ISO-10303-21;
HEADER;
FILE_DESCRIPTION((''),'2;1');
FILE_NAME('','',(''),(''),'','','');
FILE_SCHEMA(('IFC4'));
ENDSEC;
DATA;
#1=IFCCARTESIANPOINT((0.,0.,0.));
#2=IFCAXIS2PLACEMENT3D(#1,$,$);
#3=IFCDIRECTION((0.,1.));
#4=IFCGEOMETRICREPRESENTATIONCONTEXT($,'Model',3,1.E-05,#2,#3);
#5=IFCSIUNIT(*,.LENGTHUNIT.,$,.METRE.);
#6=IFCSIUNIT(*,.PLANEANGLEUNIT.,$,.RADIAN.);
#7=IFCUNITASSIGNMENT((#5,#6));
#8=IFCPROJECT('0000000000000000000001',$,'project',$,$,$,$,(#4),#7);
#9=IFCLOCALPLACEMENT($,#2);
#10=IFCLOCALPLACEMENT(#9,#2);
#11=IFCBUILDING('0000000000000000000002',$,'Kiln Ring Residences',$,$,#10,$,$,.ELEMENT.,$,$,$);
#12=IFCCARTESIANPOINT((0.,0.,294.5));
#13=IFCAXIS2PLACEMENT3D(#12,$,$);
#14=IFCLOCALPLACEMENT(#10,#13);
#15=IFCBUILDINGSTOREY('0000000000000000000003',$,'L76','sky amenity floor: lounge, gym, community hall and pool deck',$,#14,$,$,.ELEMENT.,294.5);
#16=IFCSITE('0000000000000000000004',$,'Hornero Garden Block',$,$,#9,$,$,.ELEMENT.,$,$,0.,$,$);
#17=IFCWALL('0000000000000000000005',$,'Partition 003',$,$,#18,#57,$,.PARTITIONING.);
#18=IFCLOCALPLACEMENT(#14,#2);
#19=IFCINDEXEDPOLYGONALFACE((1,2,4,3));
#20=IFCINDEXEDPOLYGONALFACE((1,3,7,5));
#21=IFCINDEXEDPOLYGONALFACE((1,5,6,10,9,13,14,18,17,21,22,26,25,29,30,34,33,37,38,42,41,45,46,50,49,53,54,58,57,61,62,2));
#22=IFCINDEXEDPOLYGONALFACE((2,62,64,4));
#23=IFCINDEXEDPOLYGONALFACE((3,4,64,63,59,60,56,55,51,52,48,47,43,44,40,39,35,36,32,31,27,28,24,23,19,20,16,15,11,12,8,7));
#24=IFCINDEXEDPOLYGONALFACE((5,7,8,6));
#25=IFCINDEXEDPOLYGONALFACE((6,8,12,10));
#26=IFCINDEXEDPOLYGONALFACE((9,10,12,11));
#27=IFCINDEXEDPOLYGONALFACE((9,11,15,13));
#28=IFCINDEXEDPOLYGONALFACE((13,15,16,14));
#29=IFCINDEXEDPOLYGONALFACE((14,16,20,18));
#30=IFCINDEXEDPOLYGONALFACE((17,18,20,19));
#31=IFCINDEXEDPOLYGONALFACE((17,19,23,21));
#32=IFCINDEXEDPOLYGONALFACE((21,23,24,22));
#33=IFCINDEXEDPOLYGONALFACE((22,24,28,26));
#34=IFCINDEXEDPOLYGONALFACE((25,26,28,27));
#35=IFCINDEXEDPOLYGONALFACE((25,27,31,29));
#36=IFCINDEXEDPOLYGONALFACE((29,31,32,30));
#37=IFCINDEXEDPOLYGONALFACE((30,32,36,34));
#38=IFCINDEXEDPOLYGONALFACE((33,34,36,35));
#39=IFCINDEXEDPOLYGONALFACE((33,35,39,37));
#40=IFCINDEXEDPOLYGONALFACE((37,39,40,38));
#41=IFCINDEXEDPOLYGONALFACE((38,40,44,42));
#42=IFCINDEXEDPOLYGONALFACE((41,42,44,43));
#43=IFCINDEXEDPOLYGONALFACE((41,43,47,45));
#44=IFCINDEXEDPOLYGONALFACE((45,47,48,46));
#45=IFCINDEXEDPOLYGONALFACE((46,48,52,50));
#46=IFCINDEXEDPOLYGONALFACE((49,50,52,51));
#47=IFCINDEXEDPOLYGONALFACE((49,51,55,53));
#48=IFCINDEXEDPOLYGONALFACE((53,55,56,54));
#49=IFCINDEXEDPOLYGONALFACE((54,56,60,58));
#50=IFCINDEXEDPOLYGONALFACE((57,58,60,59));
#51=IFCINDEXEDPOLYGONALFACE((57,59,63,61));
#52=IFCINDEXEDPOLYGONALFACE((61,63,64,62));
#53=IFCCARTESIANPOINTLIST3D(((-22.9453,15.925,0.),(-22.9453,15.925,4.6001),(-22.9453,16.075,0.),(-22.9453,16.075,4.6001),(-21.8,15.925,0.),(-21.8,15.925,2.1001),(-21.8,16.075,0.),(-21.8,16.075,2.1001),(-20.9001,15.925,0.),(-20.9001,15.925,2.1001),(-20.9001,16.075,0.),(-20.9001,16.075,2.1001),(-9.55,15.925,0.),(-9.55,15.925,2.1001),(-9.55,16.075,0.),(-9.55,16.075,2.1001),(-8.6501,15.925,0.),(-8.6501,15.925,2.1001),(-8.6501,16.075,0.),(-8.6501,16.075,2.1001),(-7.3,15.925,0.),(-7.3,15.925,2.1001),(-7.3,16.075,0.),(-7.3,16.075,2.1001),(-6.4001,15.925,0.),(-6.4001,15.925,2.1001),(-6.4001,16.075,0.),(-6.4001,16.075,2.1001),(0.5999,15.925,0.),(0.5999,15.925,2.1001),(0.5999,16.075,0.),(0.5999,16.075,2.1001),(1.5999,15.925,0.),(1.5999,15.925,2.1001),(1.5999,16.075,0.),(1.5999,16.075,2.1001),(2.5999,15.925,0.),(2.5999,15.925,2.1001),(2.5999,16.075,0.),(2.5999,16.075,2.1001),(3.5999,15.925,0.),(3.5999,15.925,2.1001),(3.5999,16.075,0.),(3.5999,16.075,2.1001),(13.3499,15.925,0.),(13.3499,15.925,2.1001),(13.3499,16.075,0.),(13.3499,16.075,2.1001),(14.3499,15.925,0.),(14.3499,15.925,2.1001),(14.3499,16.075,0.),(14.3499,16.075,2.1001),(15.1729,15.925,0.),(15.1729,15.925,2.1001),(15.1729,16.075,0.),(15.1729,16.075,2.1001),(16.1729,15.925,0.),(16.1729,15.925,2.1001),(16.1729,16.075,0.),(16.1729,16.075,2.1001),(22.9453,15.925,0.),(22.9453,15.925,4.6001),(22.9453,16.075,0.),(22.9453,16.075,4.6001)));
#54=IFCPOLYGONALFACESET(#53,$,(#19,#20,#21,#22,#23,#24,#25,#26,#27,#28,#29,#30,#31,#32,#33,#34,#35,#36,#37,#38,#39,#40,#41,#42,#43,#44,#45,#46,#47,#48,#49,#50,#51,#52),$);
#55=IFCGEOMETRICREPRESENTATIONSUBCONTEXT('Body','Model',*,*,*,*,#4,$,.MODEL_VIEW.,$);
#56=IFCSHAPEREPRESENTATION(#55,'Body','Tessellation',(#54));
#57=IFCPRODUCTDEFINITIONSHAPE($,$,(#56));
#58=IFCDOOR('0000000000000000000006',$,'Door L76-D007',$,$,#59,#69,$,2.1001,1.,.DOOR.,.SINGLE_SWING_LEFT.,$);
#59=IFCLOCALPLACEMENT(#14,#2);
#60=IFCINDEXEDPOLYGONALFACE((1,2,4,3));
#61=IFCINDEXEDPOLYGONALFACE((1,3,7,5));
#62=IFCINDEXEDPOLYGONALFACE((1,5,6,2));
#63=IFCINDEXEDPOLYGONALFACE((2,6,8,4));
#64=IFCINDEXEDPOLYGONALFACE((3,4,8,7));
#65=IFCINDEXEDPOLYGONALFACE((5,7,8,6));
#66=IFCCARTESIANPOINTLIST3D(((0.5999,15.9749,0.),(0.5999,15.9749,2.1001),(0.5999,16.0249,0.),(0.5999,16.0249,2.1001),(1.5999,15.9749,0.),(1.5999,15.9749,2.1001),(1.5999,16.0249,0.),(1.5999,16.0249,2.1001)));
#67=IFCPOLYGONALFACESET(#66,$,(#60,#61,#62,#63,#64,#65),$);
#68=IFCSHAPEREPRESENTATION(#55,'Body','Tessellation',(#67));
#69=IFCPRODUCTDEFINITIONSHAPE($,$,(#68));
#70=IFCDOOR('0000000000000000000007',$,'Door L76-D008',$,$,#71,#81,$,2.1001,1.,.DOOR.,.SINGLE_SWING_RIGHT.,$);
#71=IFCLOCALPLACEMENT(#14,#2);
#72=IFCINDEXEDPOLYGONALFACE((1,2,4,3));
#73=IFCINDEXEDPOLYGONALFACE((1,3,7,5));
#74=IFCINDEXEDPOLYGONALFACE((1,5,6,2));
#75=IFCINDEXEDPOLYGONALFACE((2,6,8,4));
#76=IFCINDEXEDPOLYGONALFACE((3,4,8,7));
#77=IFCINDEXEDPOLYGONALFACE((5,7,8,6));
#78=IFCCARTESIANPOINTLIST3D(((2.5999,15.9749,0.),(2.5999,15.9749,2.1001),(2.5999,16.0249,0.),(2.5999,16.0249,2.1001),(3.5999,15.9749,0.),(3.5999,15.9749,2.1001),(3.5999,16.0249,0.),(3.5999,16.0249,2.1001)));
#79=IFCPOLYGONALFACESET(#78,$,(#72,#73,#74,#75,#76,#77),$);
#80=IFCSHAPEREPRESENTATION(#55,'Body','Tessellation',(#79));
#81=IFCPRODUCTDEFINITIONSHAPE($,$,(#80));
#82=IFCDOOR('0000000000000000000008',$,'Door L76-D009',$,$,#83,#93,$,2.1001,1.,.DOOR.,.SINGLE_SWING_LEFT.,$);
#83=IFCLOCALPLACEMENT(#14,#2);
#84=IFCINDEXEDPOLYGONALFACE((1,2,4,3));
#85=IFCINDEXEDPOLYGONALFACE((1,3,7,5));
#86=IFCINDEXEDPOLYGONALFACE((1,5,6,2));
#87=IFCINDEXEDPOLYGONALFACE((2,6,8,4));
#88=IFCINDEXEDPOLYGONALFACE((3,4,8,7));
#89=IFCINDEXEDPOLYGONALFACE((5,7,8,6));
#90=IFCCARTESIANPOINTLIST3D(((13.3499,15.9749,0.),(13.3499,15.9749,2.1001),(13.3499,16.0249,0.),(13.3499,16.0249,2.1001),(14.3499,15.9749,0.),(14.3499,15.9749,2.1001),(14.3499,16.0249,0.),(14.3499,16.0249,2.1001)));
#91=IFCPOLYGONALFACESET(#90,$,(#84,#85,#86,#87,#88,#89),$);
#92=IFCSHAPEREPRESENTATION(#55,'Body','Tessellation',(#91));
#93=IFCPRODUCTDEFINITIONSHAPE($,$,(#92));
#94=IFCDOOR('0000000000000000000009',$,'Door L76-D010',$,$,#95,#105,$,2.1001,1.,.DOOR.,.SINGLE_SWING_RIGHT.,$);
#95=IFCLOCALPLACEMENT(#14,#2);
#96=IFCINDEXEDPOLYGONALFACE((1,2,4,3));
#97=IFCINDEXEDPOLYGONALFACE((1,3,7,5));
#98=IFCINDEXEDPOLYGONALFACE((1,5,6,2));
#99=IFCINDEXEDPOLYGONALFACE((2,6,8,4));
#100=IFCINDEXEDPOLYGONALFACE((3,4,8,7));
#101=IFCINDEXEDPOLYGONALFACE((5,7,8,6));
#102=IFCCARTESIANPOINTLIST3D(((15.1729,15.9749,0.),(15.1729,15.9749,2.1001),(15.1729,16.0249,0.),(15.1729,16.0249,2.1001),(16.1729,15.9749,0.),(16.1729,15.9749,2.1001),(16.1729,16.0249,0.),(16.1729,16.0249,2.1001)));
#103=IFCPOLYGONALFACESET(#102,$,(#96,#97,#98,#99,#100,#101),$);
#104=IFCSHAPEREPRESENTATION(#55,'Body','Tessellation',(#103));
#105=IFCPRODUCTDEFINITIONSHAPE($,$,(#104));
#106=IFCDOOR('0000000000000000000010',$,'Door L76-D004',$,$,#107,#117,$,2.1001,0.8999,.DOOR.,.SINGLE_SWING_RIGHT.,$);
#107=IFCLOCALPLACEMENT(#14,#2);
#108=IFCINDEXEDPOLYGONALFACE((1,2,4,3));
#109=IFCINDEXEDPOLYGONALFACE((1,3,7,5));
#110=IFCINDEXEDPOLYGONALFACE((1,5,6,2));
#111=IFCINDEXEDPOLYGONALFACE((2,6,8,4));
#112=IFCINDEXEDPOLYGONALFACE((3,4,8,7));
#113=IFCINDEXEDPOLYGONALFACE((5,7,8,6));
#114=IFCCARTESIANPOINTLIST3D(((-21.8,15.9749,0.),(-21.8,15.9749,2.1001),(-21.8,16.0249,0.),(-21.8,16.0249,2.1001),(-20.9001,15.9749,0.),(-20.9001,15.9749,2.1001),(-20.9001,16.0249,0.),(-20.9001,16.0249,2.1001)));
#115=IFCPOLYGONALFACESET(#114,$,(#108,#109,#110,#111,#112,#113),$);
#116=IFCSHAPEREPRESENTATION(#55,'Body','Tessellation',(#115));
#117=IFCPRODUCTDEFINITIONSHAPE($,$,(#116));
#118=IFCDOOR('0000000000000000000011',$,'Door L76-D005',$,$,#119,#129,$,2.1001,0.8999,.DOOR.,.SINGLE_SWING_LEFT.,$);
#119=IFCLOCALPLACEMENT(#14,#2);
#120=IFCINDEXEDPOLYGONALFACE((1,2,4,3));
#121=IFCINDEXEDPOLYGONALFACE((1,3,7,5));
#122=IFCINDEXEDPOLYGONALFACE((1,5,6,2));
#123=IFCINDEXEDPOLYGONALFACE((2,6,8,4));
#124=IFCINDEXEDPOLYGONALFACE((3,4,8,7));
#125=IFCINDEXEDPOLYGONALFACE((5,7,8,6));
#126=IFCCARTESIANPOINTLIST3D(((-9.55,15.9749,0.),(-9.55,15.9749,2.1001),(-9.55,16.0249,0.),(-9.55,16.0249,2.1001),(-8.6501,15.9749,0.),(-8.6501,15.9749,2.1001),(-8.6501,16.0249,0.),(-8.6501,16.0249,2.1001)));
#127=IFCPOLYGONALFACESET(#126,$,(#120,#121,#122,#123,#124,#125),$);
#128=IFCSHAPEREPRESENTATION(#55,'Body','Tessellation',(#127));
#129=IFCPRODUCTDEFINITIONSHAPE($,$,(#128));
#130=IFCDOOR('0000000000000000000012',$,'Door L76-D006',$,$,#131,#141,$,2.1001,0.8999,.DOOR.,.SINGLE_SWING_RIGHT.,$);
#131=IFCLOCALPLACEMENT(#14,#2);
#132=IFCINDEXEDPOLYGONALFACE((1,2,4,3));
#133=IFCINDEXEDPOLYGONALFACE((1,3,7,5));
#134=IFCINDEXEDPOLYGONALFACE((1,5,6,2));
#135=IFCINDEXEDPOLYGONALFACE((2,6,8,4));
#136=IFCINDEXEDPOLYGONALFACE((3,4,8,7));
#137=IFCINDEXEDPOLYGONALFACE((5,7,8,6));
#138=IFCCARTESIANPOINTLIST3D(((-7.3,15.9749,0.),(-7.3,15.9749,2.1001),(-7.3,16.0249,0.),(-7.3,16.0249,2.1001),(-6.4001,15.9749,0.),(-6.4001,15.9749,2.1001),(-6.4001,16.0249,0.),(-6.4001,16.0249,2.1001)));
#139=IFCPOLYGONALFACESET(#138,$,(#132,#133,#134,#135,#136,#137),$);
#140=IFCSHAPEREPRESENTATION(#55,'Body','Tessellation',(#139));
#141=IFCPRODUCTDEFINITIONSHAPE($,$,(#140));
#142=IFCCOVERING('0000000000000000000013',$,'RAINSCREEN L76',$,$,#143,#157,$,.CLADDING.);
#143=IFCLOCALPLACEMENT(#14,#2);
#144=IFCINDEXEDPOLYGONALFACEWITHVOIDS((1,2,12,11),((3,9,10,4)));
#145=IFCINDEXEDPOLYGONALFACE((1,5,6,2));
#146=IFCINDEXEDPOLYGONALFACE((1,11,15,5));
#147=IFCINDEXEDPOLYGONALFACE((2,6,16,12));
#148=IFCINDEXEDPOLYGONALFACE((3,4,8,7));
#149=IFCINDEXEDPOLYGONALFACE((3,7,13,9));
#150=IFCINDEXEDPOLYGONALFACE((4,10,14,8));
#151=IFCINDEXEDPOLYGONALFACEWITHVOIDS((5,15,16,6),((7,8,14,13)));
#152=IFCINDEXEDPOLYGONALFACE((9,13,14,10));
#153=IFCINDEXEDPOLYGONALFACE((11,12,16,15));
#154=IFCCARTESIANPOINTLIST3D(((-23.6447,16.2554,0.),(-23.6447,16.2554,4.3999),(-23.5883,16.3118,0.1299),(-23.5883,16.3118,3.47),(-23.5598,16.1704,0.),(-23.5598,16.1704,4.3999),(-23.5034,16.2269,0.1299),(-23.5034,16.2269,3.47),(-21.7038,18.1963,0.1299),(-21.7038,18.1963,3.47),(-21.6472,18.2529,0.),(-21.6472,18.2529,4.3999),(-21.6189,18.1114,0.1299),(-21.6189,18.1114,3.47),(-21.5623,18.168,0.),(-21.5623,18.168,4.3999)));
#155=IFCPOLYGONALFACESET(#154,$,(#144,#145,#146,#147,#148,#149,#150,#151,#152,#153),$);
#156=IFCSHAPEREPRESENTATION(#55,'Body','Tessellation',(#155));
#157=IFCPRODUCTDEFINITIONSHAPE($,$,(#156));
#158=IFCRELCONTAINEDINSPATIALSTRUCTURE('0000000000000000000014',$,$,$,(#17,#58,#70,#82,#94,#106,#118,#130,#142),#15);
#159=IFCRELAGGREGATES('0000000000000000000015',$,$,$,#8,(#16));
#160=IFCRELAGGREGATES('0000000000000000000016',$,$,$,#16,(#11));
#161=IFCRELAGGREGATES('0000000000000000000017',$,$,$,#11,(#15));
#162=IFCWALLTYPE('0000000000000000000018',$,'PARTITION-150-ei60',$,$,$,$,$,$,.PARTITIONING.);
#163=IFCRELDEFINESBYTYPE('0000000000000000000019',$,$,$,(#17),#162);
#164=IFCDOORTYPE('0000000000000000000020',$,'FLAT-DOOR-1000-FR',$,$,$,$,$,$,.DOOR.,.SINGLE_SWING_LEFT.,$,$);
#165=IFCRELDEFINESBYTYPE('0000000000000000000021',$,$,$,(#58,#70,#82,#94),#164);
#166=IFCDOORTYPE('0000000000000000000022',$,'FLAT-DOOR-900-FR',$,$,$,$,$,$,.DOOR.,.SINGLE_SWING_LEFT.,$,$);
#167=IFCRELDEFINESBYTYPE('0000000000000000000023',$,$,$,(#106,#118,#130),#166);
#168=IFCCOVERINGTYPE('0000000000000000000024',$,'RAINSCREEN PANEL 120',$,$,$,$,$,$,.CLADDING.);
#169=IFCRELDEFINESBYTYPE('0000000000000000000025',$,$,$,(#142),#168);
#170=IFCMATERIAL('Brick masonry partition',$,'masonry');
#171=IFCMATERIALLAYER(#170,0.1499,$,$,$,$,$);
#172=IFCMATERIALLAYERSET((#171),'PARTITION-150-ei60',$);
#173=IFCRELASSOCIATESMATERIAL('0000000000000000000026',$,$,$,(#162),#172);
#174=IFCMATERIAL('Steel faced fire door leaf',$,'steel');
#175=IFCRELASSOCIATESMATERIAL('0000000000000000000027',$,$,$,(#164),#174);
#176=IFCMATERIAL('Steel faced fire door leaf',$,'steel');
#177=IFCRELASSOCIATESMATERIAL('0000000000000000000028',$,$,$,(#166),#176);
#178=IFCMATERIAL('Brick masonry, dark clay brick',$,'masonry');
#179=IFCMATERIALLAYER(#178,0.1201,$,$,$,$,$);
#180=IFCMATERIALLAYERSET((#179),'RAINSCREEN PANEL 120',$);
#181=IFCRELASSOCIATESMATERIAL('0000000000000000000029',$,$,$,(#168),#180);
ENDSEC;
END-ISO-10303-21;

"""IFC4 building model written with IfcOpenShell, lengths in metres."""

from ifc_helpers import new_model, si_unit, direction, frame, frame_2d, origin, place, context, subcontext, project, spatial, polyline, rectangle, outline, extrude, material, layer, layer_set, type_object, element, fill, save


model = new_model("IFC4")

# Units and contexts
model_context = context("Model", 3, precision=1e-05, world=origin(), true_north=direction((0.0, 1.0)))
body_context = subcontext(model_context, "Body", "Model", "MODEL_VIEW")
ifc_project = project(units=[si_unit("LENGTHUNIT", "METRE"), si_unit("PLANEANGLEUNIT", "RADIAN")], contexts=[model_context])

# Site, building, storey
site_placement = place(None, origin())
site = spatial("IfcSite", under=ifc_project, at=site_placement, Name="Hornero Garden Block", CompositionType="ELEMENT", RefElevation=0.0)
building_placement = place(site_placement, origin())
building = spatial("IfcBuilding", under=site, at=building_placement, Name="Kiln Ring Residences", CompositionType="ELEMENT")
storey_placement = place(building_placement, frame((0.0, 0.0, 294.5)))
storey = spatial("IfcBuildingStorey", under=building, at=storey_placement, Name="L76", Description="sky amenity floor: lounge, gym, community hall and pool deck", CompositionType="ELEMENT", Elevation=294.5)

# Wall, openings, doors
ifc_material_1 = material(Name="Brick masonry partition", Category="masonry")
ifc_layer_1 = layer(ifc_material_1, 0.1499)
ifc_layer_set_1 = layer_set([ifc_layer_1], Name="PARTITION-150-ei60")
wall_type = type_object("IfcWallType", Name="PARTITION-150-ei60", PredefinedType="PARTITIONING", material=ifc_layer_set_1)
wall_placement = place(storey_placement, frame((-22.9453, 16.0, 0.0), z_axis=(0.0, 0.0, 1.0), x_axis=(1.0, 0.0, 0.0)))
wall = element("IfcWall", 1, at=wall_placement, inside=storey, type_object=wall_type, Name="Partition 003", PredefinedType="PARTITIONING", context=body_context, shape_type="SweptSolid", body=[
    extrude(rectangle(XDim=45.8906, YDim=0.1499, at=frame_2d((22.9453, 0.0))), origin(), (0.0, 0.0, 1.0), 4.6001),
])
opening_1_placement = place(wall_placement, frame((1.1453, 0.0, 0.0)))
opening_1 = element("IfcOpeningElement", 2, at=opening_1_placement, cuts=wall, PredefinedType="OPENING", context=body_context, shape_type="SweptSolid", body=[
    extrude(rectangle(XDim=0.8999, YDim=2.1001, at=frame_2d((0.45, 1.05))), frame((0.0, 0.085, 0.0), z_axis=(0.0, -1.0, 0.0), x_axis=(1.0, 0.0, 0.0)), (0.0, 0.0, 1.0), 0.1699),
])
opening_2_placement = place(wall_placement, frame((13.3953, 0.0, 0.0)))
opening_2 = element("IfcOpeningElement", 3, at=opening_2_placement, cuts=wall, PredefinedType="OPENING", context=body_context, shape_type="SweptSolid", body=[
    extrude(rectangle(XDim=0.8999, YDim=2.1001, at=frame_2d((0.45, 1.05))), frame((0.0, 0.085, 0.0), z_axis=(0.0, -1.0, 0.0), x_axis=(1.0, 0.0, 0.0)), (0.0, 0.0, 1.0), 0.1699),
])
opening_3_placement = place(wall_placement, frame((15.6453, 0.0, 0.0)))
opening_3 = element("IfcOpeningElement", 4, at=opening_3_placement, cuts=wall, PredefinedType="OPENING", context=body_context, shape_type="SweptSolid", body=[
    extrude(rectangle(XDim=0.8999, YDim=2.1001, at=frame_2d((0.45, 1.05))), frame((0.0, 0.085, 0.0), z_axis=(0.0, -1.0, 0.0), x_axis=(1.0, 0.0, 0.0)), (0.0, 0.0, 1.0), 0.1699),
])
opening_4_placement = place(wall_placement, frame((23.5452, 0.0, 0.0)))
opening_4 = element("IfcOpeningElement", 5, at=opening_4_placement, cuts=wall, PredefinedType="OPENING", context=body_context, shape_type="SweptSolid", body=[
    extrude(rectangle(XDim=1.0, YDim=2.1001, at=frame_2d((0.5, 1.05))), frame((0.0, 0.085, 0.0), z_axis=(0.0, -1.0, 0.0), x_axis=(1.0, 0.0, 0.0)), (0.0, 0.0, 1.0), 0.1699),
])
opening_5_placement = place(wall_placement, frame((25.5452, 0.0, 0.0)))
opening_5 = element("IfcOpeningElement", 6, at=opening_5_placement, cuts=wall, PredefinedType="OPENING", context=body_context, shape_type="SweptSolid", body=[
    extrude(rectangle(XDim=1.0, YDim=2.1001, at=frame_2d((0.5, 1.05))), frame((0.0, 0.085, 0.0), z_axis=(0.0, -1.0, 0.0), x_axis=(1.0, 0.0, 0.0)), (0.0, 0.0, 1.0), 0.1699),
])
opening_6_placement = place(wall_placement, frame((36.2952, 0.0, 0.0)))
opening_6 = element("IfcOpeningElement", 7, at=opening_6_placement, cuts=wall, PredefinedType="OPENING", context=body_context, shape_type="SweptSolid", body=[
    extrude(rectangle(XDim=1.0, YDim=2.1001, at=frame_2d((0.5, 1.05))), frame((0.0, 0.085, 0.0), z_axis=(0.0, -1.0, 0.0), x_axis=(1.0, 0.0, 0.0)), (0.0, 0.0, 1.0), 0.1699),
])
opening_7_placement = place(wall_placement, frame((38.1182, 0.0, 0.0)))
opening_7 = element("IfcOpeningElement", 8, at=opening_7_placement, cuts=wall, PredefinedType="OPENING", context=body_context, shape_type="SweptSolid", body=[
    extrude(rectangle(XDim=1.0, YDim=2.1001, at=frame_2d((0.5, 1.05))), frame((0.0, 0.085, 0.0), z_axis=(0.0, -1.0, 0.0), x_axis=(1.0, 0.0, 0.0)), (0.0, 0.0, 1.0), 0.1699),
])
ifc_material_2 = material(Name="Steel faced fire door leaf", Category="steel")
door_type_1 = type_object("IfcDoorType", Name="FLAT-DOOR-1000-FR", OperationType="SINGLE_SWING_LEFT", PredefinedType="DOOR", material=ifc_material_2)
door_1_placement = place(opening_4_placement, origin())
door_1 = element("IfcDoor", 9, at=door_1_placement, inside=storey, type_object=door_type_1, Name="Door L76-D007", OperationType="SINGLE_SWING_LEFT", OverallHeight=2.1001, OverallWidth=1.0, PredefinedType="DOOR", context=body_context, shape_type="SweptSolid", body=[
    extrude(rectangle(XDim=1.0, YDim=2.1001, at=frame_2d((0.5, 1.05))), frame((0.0, 0.0249, 0.0), z_axis=(0.0, -1.0, 0.0), x_axis=(1.0, 0.0, 0.0)), (0.0, 0.0, 1.0), 0.05),
])
fill(opening_4, door_1)
door_2_placement = place(opening_5_placement, origin())
door_2 = element("IfcDoor", 10, at=door_2_placement, inside=storey, type_object=door_type_1, Name="Door L76-D008", OperationType="SINGLE_SWING_RIGHT", OverallHeight=2.1001, OverallWidth=1.0, PredefinedType="DOOR", context=body_context, shape_type="SweptSolid", body=[
    extrude(rectangle(XDim=1.0, YDim=2.1001, at=frame_2d((0.5, 1.05))), frame((0.0, 0.0249, 0.0), z_axis=(0.0, -1.0, 0.0), x_axis=(1.0, 0.0, 0.0)), (0.0, 0.0, 1.0), 0.05),
])
fill(opening_5, door_2)
door_3_placement = place(opening_6_placement, origin())
door_3 = element("IfcDoor", 11, at=door_3_placement, inside=storey, type_object=door_type_1, Name="Door L76-D009", OperationType="SINGLE_SWING_LEFT", OverallHeight=2.1001, OverallWidth=1.0, PredefinedType="DOOR", context=body_context, shape_type="SweptSolid", body=[
    extrude(rectangle(XDim=1.0, YDim=2.1001, at=frame_2d((0.5, 1.05))), frame((0.0, 0.0249, 0.0), z_axis=(0.0, -1.0, 0.0), x_axis=(1.0, 0.0, 0.0)), (0.0, 0.0, 1.0), 0.05),
])
fill(opening_6, door_3)
door_4_placement = place(opening_7_placement, origin())
door_4 = element("IfcDoor", 12, at=door_4_placement, inside=storey, type_object=door_type_1, Name="Door L76-D010", OperationType="SINGLE_SWING_RIGHT", OverallHeight=2.1001, OverallWidth=1.0, PredefinedType="DOOR", context=body_context, shape_type="SweptSolid", body=[
    extrude(rectangle(XDim=1.0, YDim=2.1001, at=frame_2d((0.5, 1.05))), frame((0.0, 0.0249, 0.0), z_axis=(0.0, -1.0, 0.0), x_axis=(1.0, 0.0, 0.0)), (0.0, 0.0, 1.0), 0.05),
])
fill(opening_7, door_4)
ifc_material_3 = material(Name="Steel faced fire door leaf", Category="steel")
door_type_2 = type_object("IfcDoorType", Name="FLAT-DOOR-900-FR", OperationType="SINGLE_SWING_LEFT", PredefinedType="DOOR", material=ifc_material_3)
door_5_placement = place(opening_1_placement, origin())
door_5 = element("IfcDoor", 13, at=door_5_placement, inside=storey, type_object=door_type_2, Name="Door L76-D004", OperationType="SINGLE_SWING_RIGHT", OverallHeight=2.1001, OverallWidth=0.8999, PredefinedType="DOOR", context=body_context, shape_type="SweptSolid", body=[
    extrude(rectangle(XDim=0.8999, YDim=2.1001, at=frame_2d((0.45, 1.05))), frame((0.0, 0.0249, 0.0), z_axis=(0.0, -1.0, 0.0), x_axis=(1.0, 0.0, 0.0)), (0.0, 0.0, 1.0), 0.05),
])
fill(opening_1, door_5)
door_6_placement = place(opening_2_placement, origin())
door_6 = element("IfcDoor", 14, at=door_6_placement, inside=storey, type_object=door_type_2, Name="Door L76-D005", OperationType="SINGLE_SWING_LEFT", OverallHeight=2.1001, OverallWidth=0.8999, PredefinedType="DOOR", context=body_context, shape_type="SweptSolid", body=[
    extrude(rectangle(XDim=0.8999, YDim=2.1001, at=frame_2d((0.45, 1.05))), frame((0.0, 0.0249, 0.0), z_axis=(0.0, -1.0, 0.0), x_axis=(1.0, 0.0, 0.0)), (0.0, 0.0, 1.0), 0.05),
])
fill(opening_2, door_6)
door_7_placement = place(opening_3_placement, origin())
door_7 = element("IfcDoor", 15, at=door_7_placement, inside=storey, type_object=door_type_2, Name="Door L76-D006", OperationType="SINGLE_SWING_RIGHT", OverallHeight=2.1001, OverallWidth=0.8999, PredefinedType="DOOR", context=body_context, shape_type="SweptSolid", body=[
    extrude(rectangle(XDim=0.8999, YDim=2.1001, at=frame_2d((0.45, 1.05))), frame((0.0, 0.0249, 0.0), z_axis=(0.0, -1.0, 0.0), x_axis=(1.0, 0.0, 0.0)), (0.0, 0.0, 1.0), 0.05),
])
fill(opening_3, door_7)

# Covering
ifc_material_4 = material(Name="Brick masonry, dark clay brick", Category="masonry")
ifc_layer_2 = layer(ifc_material_4, 0.1201)
ifc_layer_set_2 = layer_set([ifc_layer_2], Name="RAINSCREEN PANEL 120")
covering_type = type_object("IfcCoveringType", Name="RAINSCREEN PANEL 120", PredefinedType="CLADDING", material=ifc_layer_set_2)
covering_1_placement = place(storey_placement, frame((-21.6047, 18.2104, 0.0), z_axis=(0.0, 0.0, 1.0), x_axis=(-0.707107, -0.707107, 0.0)))
element("IfcCovering", 16, at=covering_1_placement, inside=storey, type_object=covering_type, Name="RAINSCREEN L76", PredefinedType="CLADDING", context=body_context, shape_type="SweptSolid", body=[
    extrude(outline(polyline([(0.0, 0.0), (2.825, 0.0), (2.825, 4.3999), (0.0, 4.3999), (0.0, 0.0)]), holes=[polyline([(0.0801, 3.47), (0.0801, 0.1299), (2.7451, 0.1299), (2.7451, 3.47), (0.0801, 3.47)])]), frame((0.0, 0.0601, 0.0), z_axis=(0.0, -1.0, 0.0), x_axis=(1.0, 0.0, 0.0)), (0.0, 0.0, 1.0), 0.1201),
])

save(model, "model.ifc")
